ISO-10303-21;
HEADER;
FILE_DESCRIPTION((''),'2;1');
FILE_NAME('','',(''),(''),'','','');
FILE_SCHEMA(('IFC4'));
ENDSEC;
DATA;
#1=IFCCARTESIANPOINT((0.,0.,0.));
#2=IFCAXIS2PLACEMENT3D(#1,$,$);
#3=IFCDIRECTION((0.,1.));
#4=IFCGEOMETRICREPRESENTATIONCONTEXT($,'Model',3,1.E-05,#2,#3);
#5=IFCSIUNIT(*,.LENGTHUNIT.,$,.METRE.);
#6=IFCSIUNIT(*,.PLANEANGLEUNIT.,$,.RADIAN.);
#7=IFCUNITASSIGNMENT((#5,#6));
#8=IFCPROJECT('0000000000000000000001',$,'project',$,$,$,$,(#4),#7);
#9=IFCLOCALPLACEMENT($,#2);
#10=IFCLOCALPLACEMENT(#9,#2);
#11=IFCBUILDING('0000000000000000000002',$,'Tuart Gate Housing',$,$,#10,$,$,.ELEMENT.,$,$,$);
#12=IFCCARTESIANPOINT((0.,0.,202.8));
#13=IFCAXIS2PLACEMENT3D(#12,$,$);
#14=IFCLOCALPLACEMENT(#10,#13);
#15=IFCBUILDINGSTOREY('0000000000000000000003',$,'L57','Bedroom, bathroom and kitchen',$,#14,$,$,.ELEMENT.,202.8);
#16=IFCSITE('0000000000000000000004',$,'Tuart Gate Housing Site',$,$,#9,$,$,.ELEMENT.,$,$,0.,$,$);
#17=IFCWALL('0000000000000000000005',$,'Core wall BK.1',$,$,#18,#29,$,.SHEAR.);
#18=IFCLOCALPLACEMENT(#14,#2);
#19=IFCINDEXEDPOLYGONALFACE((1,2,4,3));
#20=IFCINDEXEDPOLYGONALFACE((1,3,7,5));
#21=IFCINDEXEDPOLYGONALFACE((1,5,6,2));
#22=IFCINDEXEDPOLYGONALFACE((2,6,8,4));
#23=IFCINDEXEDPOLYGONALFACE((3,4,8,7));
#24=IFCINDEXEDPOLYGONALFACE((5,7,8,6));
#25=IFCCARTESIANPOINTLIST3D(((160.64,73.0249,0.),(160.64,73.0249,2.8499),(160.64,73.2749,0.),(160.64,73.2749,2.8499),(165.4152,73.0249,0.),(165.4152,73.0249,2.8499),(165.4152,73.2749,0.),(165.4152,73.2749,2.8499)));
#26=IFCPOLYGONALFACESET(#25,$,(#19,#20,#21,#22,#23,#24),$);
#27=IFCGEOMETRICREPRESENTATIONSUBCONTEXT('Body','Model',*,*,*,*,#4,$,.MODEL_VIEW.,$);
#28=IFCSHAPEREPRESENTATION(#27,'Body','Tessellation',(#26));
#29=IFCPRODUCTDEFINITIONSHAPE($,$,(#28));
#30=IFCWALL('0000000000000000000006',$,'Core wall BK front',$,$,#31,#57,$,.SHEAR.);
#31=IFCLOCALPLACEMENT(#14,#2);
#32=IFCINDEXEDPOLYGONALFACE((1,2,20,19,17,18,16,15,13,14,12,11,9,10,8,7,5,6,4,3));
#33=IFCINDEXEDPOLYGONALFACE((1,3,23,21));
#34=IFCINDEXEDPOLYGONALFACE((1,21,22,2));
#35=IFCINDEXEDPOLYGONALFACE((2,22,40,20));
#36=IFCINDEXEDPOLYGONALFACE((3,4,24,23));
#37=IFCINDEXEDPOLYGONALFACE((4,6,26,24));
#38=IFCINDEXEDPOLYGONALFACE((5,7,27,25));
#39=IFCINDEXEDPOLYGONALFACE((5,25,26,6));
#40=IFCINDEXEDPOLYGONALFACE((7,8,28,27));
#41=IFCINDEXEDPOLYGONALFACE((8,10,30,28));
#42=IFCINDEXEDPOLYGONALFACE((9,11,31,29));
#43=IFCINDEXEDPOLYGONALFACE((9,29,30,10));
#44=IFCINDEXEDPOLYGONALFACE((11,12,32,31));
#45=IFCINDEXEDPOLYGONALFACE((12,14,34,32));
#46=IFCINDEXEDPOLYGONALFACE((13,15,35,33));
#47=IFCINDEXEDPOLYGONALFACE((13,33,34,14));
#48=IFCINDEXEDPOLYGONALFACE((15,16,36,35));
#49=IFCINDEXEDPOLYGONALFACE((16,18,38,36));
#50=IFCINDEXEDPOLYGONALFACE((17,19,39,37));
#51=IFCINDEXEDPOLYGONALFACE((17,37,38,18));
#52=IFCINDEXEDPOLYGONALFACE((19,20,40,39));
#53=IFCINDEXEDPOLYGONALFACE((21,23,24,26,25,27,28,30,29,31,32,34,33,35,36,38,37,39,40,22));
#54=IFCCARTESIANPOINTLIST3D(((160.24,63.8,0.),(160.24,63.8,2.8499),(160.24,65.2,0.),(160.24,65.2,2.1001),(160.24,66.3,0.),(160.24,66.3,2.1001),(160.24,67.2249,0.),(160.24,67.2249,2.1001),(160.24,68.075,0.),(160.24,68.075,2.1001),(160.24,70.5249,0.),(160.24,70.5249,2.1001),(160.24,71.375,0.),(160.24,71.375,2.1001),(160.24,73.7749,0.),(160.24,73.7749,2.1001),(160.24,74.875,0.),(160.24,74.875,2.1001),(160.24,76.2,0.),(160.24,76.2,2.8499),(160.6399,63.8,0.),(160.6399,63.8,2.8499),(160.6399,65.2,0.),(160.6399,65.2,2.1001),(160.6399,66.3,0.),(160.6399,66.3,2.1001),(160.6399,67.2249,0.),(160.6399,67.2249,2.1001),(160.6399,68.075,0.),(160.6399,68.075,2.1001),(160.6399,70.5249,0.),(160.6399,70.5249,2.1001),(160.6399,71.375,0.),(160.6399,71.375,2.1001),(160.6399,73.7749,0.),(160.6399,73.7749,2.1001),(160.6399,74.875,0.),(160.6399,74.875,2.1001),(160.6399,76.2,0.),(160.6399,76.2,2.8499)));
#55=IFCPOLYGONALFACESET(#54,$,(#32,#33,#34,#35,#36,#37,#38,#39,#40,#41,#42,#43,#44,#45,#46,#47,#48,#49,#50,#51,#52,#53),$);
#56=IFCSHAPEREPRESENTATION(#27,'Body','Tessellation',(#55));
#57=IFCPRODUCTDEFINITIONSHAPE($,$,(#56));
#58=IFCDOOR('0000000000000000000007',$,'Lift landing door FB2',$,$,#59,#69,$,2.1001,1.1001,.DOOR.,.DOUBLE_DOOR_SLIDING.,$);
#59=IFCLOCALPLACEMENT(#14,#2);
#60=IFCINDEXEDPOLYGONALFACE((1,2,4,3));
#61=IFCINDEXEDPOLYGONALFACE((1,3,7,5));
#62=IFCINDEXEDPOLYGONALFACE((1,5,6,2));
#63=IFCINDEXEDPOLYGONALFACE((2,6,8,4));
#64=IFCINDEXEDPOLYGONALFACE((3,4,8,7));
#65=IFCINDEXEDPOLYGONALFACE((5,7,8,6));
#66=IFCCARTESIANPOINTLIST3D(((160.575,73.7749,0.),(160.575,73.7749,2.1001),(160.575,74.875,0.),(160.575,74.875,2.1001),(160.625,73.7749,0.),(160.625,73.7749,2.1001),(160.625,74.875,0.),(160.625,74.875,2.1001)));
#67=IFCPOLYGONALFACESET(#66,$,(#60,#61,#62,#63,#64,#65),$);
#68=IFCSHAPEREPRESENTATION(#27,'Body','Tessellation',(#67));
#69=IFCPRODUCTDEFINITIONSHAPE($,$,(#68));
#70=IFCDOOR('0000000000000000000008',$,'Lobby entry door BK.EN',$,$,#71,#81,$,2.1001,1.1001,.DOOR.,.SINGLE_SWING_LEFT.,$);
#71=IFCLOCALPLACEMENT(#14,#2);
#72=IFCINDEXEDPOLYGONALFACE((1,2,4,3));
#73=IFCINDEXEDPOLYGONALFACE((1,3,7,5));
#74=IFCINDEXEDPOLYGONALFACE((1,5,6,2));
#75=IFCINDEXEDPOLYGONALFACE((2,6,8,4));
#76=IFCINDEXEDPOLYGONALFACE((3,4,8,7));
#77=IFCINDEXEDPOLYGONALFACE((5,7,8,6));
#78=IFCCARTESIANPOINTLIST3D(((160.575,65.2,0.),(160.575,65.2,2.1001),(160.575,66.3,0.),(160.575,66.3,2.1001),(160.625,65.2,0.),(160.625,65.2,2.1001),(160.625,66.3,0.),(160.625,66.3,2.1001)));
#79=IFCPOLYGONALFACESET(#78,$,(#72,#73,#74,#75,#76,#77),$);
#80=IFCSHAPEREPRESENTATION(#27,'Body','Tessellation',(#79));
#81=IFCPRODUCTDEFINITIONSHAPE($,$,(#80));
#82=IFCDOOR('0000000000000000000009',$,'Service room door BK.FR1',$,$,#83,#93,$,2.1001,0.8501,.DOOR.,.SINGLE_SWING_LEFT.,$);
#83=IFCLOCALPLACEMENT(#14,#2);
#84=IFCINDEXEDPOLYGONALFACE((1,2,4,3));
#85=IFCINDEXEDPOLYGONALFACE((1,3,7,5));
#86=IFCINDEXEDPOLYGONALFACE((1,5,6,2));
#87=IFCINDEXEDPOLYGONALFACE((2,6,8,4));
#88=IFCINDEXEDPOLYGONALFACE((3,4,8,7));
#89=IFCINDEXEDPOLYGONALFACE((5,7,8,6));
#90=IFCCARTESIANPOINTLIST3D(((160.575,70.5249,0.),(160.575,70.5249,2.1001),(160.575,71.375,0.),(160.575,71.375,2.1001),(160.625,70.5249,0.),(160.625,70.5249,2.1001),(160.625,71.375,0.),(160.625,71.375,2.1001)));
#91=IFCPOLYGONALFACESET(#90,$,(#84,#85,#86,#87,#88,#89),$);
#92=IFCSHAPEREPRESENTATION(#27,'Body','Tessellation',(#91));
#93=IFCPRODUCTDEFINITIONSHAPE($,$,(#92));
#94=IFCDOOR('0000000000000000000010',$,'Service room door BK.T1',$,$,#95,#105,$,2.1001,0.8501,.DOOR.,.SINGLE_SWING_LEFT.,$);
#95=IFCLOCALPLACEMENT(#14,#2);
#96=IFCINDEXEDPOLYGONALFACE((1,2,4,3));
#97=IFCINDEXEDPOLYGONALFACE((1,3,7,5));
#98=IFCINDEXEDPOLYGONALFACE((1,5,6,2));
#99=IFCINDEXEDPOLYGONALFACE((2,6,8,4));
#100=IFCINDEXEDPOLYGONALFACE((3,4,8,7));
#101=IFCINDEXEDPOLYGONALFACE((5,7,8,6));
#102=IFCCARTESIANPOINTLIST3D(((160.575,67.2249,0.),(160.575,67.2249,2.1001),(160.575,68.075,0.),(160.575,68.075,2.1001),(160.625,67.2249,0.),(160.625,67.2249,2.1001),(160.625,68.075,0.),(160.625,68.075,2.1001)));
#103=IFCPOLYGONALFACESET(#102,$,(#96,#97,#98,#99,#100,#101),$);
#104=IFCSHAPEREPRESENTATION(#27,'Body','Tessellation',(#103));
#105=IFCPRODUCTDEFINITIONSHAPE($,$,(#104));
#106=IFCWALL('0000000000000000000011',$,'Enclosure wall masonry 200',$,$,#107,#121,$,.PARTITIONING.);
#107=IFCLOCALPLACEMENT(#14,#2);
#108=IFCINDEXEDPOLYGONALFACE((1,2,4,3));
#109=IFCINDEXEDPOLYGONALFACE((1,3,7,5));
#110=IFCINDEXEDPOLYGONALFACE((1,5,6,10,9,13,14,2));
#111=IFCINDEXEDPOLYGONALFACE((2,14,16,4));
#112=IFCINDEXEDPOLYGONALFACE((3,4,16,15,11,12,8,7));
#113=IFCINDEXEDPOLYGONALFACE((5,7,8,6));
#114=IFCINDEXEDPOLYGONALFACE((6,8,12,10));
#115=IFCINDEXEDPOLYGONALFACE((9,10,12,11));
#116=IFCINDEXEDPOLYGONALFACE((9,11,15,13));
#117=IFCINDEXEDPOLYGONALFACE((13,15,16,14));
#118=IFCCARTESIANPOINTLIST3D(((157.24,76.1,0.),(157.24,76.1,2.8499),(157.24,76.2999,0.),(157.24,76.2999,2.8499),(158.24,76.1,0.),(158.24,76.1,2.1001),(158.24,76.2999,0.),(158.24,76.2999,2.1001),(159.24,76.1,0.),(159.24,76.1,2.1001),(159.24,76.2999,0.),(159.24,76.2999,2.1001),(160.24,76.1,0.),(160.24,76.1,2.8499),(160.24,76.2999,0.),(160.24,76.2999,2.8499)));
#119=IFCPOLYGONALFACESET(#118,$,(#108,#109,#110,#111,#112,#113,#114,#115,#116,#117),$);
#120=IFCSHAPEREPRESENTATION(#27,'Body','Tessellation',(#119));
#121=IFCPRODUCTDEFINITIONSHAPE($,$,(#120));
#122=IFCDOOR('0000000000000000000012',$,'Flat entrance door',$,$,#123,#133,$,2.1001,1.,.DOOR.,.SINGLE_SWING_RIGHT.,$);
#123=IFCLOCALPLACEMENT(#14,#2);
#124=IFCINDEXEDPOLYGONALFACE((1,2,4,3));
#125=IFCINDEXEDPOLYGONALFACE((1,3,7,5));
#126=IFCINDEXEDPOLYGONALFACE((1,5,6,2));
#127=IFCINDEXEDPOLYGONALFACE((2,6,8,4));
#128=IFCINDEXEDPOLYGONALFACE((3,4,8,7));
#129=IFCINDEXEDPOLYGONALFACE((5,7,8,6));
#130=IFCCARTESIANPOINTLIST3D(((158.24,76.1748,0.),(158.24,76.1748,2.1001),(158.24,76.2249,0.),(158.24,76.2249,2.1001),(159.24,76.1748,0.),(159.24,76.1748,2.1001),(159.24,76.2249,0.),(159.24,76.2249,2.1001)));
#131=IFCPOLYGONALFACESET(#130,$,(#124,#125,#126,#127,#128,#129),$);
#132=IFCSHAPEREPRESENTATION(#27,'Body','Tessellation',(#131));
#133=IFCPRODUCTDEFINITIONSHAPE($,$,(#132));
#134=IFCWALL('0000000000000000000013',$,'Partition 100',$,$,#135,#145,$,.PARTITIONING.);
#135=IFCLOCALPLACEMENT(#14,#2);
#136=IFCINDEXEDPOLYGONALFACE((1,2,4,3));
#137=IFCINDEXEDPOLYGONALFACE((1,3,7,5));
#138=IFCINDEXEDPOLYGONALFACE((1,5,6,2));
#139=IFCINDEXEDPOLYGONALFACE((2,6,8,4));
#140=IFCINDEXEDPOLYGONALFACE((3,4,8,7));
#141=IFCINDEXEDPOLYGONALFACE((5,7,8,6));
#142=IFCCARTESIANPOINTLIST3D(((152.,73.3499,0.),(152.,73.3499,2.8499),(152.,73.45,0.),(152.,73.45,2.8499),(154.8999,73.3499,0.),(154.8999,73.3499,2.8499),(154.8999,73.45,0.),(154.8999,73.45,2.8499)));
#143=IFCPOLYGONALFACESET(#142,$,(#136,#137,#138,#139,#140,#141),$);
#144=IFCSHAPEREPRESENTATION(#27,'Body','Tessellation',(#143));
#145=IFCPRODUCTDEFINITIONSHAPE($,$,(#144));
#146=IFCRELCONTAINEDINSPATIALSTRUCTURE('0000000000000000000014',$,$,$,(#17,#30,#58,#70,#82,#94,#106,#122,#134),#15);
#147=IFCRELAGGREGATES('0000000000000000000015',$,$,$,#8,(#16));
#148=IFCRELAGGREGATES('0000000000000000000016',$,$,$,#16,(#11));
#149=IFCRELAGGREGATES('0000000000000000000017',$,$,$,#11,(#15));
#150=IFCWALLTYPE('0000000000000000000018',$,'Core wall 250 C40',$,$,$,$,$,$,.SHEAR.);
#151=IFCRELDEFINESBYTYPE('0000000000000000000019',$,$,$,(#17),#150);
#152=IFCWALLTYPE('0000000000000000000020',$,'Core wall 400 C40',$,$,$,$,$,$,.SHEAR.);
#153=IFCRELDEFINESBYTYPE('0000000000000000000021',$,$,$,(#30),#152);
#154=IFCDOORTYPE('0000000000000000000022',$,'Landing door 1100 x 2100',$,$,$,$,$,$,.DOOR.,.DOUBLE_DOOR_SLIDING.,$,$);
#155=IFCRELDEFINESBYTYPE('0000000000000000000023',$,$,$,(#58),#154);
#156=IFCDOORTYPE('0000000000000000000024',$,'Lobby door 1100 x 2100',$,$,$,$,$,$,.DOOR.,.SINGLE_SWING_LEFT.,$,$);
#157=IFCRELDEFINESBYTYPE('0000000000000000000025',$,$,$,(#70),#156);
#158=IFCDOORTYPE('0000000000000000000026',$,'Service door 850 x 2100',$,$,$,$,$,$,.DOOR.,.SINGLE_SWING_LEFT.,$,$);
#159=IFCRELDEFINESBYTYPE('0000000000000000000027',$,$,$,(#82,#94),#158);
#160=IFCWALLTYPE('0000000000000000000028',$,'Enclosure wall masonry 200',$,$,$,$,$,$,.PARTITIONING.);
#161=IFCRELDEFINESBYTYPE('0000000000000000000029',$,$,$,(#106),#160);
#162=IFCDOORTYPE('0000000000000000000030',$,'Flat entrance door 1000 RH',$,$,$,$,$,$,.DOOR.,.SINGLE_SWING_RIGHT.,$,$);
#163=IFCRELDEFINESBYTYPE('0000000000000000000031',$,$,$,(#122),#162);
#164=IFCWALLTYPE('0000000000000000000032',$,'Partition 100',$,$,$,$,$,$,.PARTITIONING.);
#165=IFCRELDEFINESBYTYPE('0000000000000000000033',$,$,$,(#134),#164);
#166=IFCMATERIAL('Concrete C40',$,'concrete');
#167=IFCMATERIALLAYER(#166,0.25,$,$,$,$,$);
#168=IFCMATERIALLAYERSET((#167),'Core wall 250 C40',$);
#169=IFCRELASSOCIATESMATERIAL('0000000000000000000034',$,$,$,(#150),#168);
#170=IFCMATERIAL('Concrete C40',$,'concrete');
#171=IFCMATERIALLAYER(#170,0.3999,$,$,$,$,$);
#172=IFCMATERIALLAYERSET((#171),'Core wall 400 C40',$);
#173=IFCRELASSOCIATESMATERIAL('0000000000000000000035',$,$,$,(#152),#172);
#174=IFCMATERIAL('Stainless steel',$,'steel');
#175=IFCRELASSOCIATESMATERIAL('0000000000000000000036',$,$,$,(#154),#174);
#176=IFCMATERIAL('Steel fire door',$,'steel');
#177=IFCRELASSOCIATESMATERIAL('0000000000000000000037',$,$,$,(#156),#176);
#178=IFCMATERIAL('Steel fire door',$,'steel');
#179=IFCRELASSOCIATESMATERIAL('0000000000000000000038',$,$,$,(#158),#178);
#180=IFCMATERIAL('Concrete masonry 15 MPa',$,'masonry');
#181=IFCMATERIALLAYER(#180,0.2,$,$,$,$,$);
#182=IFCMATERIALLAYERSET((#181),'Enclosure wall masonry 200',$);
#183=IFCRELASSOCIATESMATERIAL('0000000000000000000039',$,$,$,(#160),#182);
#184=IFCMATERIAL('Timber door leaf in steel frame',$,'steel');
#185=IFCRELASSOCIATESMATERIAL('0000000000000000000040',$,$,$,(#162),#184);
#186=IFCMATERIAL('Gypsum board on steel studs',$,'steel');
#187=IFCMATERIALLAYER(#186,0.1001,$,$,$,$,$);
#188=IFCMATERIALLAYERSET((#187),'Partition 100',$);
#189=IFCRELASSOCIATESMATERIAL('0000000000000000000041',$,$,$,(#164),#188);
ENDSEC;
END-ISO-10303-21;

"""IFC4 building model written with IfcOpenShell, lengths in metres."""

from ifc_helpers import new_model, si_unit, direction, frame, frame_2d, origin, place, context, subcontext, project, spatial, rectangle, extrude, material, layer, layer_set, type_object, element, fill, save


model = new_model("IFC4")

# Units and contexts
model_context = context("Model", 3, precision=1e-05, world=origin(), true_north=direction((0.0, 1.0)))
body_context = subcontext(model_context, "Body", "Model", "MODEL_VIEW")
ifc_project = project(units=[si_unit("LENGTHUNIT", "METRE"), si_unit("PLANEANGLEUNIT", "RADIAN")], contexts=[model_context])

# Site, building, storey
site_placement = place(None, origin())
site = spatial("IfcSite", under=ifc_project, at=site_placement, Name="Tuart Gate Housing Site", CompositionType="ELEMENT", RefElevation=0.0)
building_placement = place(site_placement, origin())
building = spatial("IfcBuilding", under=site, at=building_placement, Name="Tuart Gate Housing", CompositionType="ELEMENT")
storey_placement = place(building_placement, frame((0.0, 0.0, 202.8)))
storey = spatial("IfcBuildingStorey", under=building, at=storey_placement, Name="L57", Description="Bedroom, bathroom and kitchen", CompositionType="ELEMENT", Elevation=202.8)

# Wall
ifc_material_1 = material(Name="Concrete C40", Category="concrete")
ifc_layer_1 = layer(ifc_material_1, 0.25)
ifc_layer_set_1 = layer_set([ifc_layer_1], Name="Core wall 250 C40")
wall_type_1 = type_object("IfcWallType", Name="Core wall 250 C40", PredefinedType="SHEAR", material=ifc_layer_set_1)
wall_1_placement = place(storey_placement, frame((160.6399, 73.1499, 0.0), z_axis=(0.0, 0.0, 1.0), x_axis=(1.0, 0.0, 0.0)))
element("IfcWall", 1, at=wall_1_placement, inside=storey, type_object=wall_type_1, Name="Core wall BK.1", PredefinedType="SHEAR", context=body_context, shape_type="SweptSolid", body=[
    extrude(rectangle(XDim=4.7751, YDim=0.25, at=frame_2d((2.3877, 0.0))), origin(), (0.0, 0.0, 1.0), 2.8499),
])

# Wall, openings, doors
ifc_material_2 = material(Name="Concrete C40", Category="concrete")
ifc_layer_2 = layer(ifc_material_2, 0.3999)
ifc_layer_set_2 = layer_set([ifc_layer_2], Name="Core wall 400 C40")
wall_type_2 = type_object("IfcWallType", Name="Core wall 400 C40", PredefinedType="SHEAR", material=ifc_layer_set_2)
wall_2_placement = place(storey_placement, frame((160.4399, 76.2, 0.0), z_axis=(0.0, 0.0, 1.0), x_axis=(0.0, -1.0, 0.0)))
wall_2 = element("IfcWall", 2, at=wall_2_placement, inside=storey, type_object=wall_type_2, Name="Core wall BK front", PredefinedType="SHEAR", context=body_context, shape_type="SweptSolid", body=[
    extrude(rectangle(XDim=12.3999, YDim=0.3999, at=frame_2d((6.2, 0.0))), origin(), (0.0, 0.0, 1.0), 2.8499),
])
opening_1_placement = place(wall_2_placement, frame((1.325, 0.0, 0.0)))
opening_1 = element("IfcOpeningElement", 3, at=opening_1_placement, cuts=wall_2, PredefinedType="OPENING", context=body_context, shape_type="SweptSolid", body=[
    extrude(rectangle(XDim=1.1001, YDim=2.1001, at=frame_2d((0.55, 1.05))), frame((0.0, 0.21, 0.0), z_axis=(0.0, -1.0, 0.0), x_axis=(1.0, 0.0, 0.0)), (0.0, 0.0, 1.0), 0.4199),
])
opening_2_placement = place(wall_2_placement, frame((4.825, 0.0, 0.0)))
opening_2 = element("IfcOpeningElement", 4, at=opening_2_placement, cuts=wall_2, PredefinedType="OPENING", context=body_context, shape_type="SweptSolid", body=[
    extrude(rectangle(XDim=0.8501, YDim=2.1001, at=frame_2d((0.425, 1.05))), frame((0.0, 0.21, 0.0), z_axis=(0.0, -1.0, 0.0), x_axis=(1.0, 0.0, 0.0)), (0.0, 0.0, 1.0), 0.4199),
])
opening_3_placement = place(wall_2_placement, frame((9.8999, 0.0, 0.0)))
opening_3 = element("IfcOpeningElement", 5, at=opening_3_placement, cuts=wall_2, PredefinedType="OPENING", context=body_context, shape_type="SweptSolid", body=[
    extrude(rectangle(XDim=1.1001, YDim=2.1001, at=frame_2d((0.55, 1.05))), frame((0.0, 0.21, 0.0), z_axis=(0.0, -1.0, 0.0), x_axis=(1.0, 0.0, 0.0)), (0.0, 0.0, 1.0), 0.4199),
])
opening_4_placement = place(wall_2_placement, frame((8.125, 0.0, 0.0)))
opening_4 = element("IfcOpeningElement", 6, at=opening_4_placement, cuts=wall_2, PredefinedType="OPENING", context=body_context, shape_type="SweptSolid", body=[
    extrude(rectangle(XDim=0.8501, YDim=2.1001, at=frame_2d((0.425, 1.05))), frame((0.0, 0.21, 0.0), z_axis=(0.0, -1.0, 0.0), x_axis=(1.0, 0.0, 0.0)), (0.0, 0.0, 1.0), 0.4199),
])
ifc_material_3 = material(Name="Stainless steel", Category="steel")
door_type_1 = type_object("IfcDoorType", Name="Landing door 1100 x 2100", OperationType="DOUBLE_DOOR_SLIDING", PredefinedType="DOOR", material=ifc_material_3)
door_1_placement = place(opening_1_placement, origin())
door_1 = element("IfcDoor", 7, at=door_1_placement, inside=storey, type_object=door_type_1, Name="Lift landing door FB2", OperationType="DOUBLE_DOOR_SLIDING", OverallHeight=2.1001, OverallWidth=1.1001, PredefinedType="DOOR", context=body_context, shape_type="SweptSolid", body=[
    extrude(rectangle(XDim=1.1001, YDim=2.1001, at=frame_2d((0.55, 1.05))), frame((0.0, 0.1851, 0.0), z_axis=(0.0, -1.0, 0.0), x_axis=(1.0, 0.0, 0.0)), (0.0, 0.0, 1.0), 0.05),
])
fill(opening_1, door_1)
ifc_material_4 = material(Name="Steel fire door", Category="steel")
door_type_2 = type_object("IfcDoorType", Name="Lobby door 1100 x 2100", OperationType="SINGLE_SWING_LEFT", PredefinedType="DOOR", material=ifc_material_4)
door_2_placement = place(opening_3_placement, origin())
door_2 = element("IfcDoor", 8, at=door_2_placement, inside=storey, type_object=door_type_2, Name="Lobby entry door BK.EN", OperationType="SINGLE_SWING_LEFT", OverallHeight=2.1001, OverallWidth=1.1001, PredefinedType="DOOR", context=body_context, shape_type="SweptSolid", body=[
    extrude(rectangle(XDim=1.1001, YDim=2.1001, at=frame_2d((0.55, 1.05))), frame((0.0, 0.1851, 0.0), z_axis=(0.0, -1.0, 0.0), x_axis=(1.0, 0.0, 0.0)), (0.0, 0.0, 1.0), 0.05),
])
fill(opening_3, door_2)
ifc_material_5 = material(Name="Steel fire door", Category="steel")
door_type_3 = type_object("IfcDoorType", Name="Service door 850 x 2100", OperationType="SINGLE_SWING_LEFT", PredefinedType="DOOR", material=ifc_material_5)
door_3_placement = place(opening_2_placement, origin())
door_3 = element("IfcDoor", 9, at=door_3_placement, inside=storey, type_object=door_type_3, Name="Service room door BK.FR1", OperationType="SINGLE_SWING_LEFT", OverallHeight=2.1001, OverallWidth=0.8501, PredefinedType="DOOR", context=body_context, shape_type="SweptSolid", body=[
    extrude(rectangle(XDim=0.8501, YDim=2.1001, at=frame_2d((0.425, 1.05))), frame((0.0, 0.1851, 0.0), z_axis=(0.0, -1.0, 0.0), x_axis=(1.0, 0.0, 0.0)), (0.0, 0.0, 1.0), 0.05),
])
fill(opening_2, door_3)
door_4_placement = place(opening_4_placement, origin())
door_4 = element("IfcDoor", 10, at=door_4_placement, inside=storey, type_object=door_type_3, Name="Service room door BK.T1", OperationType="SINGLE_SWING_LEFT", OverallHeight=2.1001, OverallWidth=0.8501, PredefinedType="DOOR", context=body_context, shape_type="SweptSolid", body=[
    extrude(rectangle(XDim=0.8501, YDim=2.1001, at=frame_2d((0.425, 1.05))), frame((0.0, 0.1851, 0.0), z_axis=(0.0, -1.0, 0.0), x_axis=(1.0, 0.0, 0.0)), (0.0, 0.0, 1.0), 0.05),
])
fill(opening_4, door_4)

# Wall, opening, door
ifc_material_6 = material(Name="Concrete masonry 15 MPa", Category="masonry")
ifc_layer_3 = layer(ifc_material_6, 0.2)
ifc_layer_set_3 = layer_set([ifc_layer_3], Name="Enclosure wall masonry 200")
wall_type_3 = type_object("IfcWallType", Name="Enclosure wall masonry 200", PredefinedType="PARTITIONING", material=ifc_layer_set_3)
wall_3_placement = place(storey_placement, frame((157.24, 76.2, 0.0), z_axis=(0.0, 0.0, 1.0), x_axis=(1.0, 0.0, 0.0)))
wall_3 = element("IfcWall", 11, at=wall_3_placement, inside=storey, type_object=wall_type_3, Name="Enclosure wall masonry 200", PredefinedType="PARTITIONING", context=body_context, shape_type="SweptSolid", body=[
    extrude(rectangle(XDim=3.0, YDim=0.2, at=frame_2d((1.5, 0.0))), origin(), (0.0, 0.0, 1.0), 2.8499),
])
opening_5_placement = place(wall_3_placement, frame((1.0, 0.0, 0.0)))
opening_5 = element("IfcOpeningElement", 12, at=opening_5_placement, cuts=wall_3, PredefinedType="OPENING", context=body_context, shape_type="SweptSolid", body=[
    extrude(rectangle(XDim=1.0, YDim=2.1001, at=frame_2d((0.5, 1.05))), frame((0.0, 0.1099, 0.0), z_axis=(0.0, -1.0, 0.0), x_axis=(1.0, 0.0, 0.0)), (0.0, 0.0, 1.0), 0.22),
])
ifc_material_7 = material(Name="Timber door leaf in steel frame", Category="steel")
door_type_4 = type_object("IfcDoorType", Name="Flat entrance door 1000 RH", OperationType="SINGLE_SWING_RIGHT", PredefinedType="DOOR", material=ifc_material_7)
door_5_placement = place(opening_5_placement, origin())
door_5 = element("IfcDoor", 13, at=door_5_placement, inside=storey, type_object=door_type_4, Name="Flat entrance door", OperationType="SINGLE_SWING_RIGHT", OverallHeight=2.1001, OverallWidth=1.0, PredefinedType="DOOR", context=body_context, shape_type="SweptSolid", body=[
    extrude(rectangle(XDim=1.0, YDim=2.1001, at=frame_2d((0.5, 1.05))), frame((0.0, 0.0249, 0.0), z_axis=(0.0, -1.0, 0.0), x_axis=(1.0, 0.0, 0.0)), (0.0, 0.0, 1.0), 0.05),
])
fill(opening_5, door_5)

# Wall
ifc_material_8 = material(Name="Gypsum board on steel studs", Category="steel")
ifc_layer_4 = layer(ifc_material_8, 0.1001)
ifc_layer_set_4 = layer_set([ifc_layer_4], Name="Partition 100")
wall_type_4 = type_object("IfcWallType", Name="Partition 100", PredefinedType="PARTITIONING", material=ifc_layer_set_4)
wall_4_placement = place(storey_placement, frame((152.0, 73.3999, 0.0), z_axis=(0.0, 0.0, 1.0), x_axis=(1.0, 0.0, 0.0)))
element("IfcWall", 14, at=wall_4_placement, inside=storey, type_object=wall_type_4, Name="Partition 100", PredefinedType="PARTITIONING", context=body_context, shape_type="SweptSolid", body=[
    extrude(rectangle(XDim=2.8999, YDim=0.1001, at=frame_2d((1.45, 0.0))), origin(), (0.0, 0.0, 1.0), 2.8499),
])

save(model, "model.ifc")
